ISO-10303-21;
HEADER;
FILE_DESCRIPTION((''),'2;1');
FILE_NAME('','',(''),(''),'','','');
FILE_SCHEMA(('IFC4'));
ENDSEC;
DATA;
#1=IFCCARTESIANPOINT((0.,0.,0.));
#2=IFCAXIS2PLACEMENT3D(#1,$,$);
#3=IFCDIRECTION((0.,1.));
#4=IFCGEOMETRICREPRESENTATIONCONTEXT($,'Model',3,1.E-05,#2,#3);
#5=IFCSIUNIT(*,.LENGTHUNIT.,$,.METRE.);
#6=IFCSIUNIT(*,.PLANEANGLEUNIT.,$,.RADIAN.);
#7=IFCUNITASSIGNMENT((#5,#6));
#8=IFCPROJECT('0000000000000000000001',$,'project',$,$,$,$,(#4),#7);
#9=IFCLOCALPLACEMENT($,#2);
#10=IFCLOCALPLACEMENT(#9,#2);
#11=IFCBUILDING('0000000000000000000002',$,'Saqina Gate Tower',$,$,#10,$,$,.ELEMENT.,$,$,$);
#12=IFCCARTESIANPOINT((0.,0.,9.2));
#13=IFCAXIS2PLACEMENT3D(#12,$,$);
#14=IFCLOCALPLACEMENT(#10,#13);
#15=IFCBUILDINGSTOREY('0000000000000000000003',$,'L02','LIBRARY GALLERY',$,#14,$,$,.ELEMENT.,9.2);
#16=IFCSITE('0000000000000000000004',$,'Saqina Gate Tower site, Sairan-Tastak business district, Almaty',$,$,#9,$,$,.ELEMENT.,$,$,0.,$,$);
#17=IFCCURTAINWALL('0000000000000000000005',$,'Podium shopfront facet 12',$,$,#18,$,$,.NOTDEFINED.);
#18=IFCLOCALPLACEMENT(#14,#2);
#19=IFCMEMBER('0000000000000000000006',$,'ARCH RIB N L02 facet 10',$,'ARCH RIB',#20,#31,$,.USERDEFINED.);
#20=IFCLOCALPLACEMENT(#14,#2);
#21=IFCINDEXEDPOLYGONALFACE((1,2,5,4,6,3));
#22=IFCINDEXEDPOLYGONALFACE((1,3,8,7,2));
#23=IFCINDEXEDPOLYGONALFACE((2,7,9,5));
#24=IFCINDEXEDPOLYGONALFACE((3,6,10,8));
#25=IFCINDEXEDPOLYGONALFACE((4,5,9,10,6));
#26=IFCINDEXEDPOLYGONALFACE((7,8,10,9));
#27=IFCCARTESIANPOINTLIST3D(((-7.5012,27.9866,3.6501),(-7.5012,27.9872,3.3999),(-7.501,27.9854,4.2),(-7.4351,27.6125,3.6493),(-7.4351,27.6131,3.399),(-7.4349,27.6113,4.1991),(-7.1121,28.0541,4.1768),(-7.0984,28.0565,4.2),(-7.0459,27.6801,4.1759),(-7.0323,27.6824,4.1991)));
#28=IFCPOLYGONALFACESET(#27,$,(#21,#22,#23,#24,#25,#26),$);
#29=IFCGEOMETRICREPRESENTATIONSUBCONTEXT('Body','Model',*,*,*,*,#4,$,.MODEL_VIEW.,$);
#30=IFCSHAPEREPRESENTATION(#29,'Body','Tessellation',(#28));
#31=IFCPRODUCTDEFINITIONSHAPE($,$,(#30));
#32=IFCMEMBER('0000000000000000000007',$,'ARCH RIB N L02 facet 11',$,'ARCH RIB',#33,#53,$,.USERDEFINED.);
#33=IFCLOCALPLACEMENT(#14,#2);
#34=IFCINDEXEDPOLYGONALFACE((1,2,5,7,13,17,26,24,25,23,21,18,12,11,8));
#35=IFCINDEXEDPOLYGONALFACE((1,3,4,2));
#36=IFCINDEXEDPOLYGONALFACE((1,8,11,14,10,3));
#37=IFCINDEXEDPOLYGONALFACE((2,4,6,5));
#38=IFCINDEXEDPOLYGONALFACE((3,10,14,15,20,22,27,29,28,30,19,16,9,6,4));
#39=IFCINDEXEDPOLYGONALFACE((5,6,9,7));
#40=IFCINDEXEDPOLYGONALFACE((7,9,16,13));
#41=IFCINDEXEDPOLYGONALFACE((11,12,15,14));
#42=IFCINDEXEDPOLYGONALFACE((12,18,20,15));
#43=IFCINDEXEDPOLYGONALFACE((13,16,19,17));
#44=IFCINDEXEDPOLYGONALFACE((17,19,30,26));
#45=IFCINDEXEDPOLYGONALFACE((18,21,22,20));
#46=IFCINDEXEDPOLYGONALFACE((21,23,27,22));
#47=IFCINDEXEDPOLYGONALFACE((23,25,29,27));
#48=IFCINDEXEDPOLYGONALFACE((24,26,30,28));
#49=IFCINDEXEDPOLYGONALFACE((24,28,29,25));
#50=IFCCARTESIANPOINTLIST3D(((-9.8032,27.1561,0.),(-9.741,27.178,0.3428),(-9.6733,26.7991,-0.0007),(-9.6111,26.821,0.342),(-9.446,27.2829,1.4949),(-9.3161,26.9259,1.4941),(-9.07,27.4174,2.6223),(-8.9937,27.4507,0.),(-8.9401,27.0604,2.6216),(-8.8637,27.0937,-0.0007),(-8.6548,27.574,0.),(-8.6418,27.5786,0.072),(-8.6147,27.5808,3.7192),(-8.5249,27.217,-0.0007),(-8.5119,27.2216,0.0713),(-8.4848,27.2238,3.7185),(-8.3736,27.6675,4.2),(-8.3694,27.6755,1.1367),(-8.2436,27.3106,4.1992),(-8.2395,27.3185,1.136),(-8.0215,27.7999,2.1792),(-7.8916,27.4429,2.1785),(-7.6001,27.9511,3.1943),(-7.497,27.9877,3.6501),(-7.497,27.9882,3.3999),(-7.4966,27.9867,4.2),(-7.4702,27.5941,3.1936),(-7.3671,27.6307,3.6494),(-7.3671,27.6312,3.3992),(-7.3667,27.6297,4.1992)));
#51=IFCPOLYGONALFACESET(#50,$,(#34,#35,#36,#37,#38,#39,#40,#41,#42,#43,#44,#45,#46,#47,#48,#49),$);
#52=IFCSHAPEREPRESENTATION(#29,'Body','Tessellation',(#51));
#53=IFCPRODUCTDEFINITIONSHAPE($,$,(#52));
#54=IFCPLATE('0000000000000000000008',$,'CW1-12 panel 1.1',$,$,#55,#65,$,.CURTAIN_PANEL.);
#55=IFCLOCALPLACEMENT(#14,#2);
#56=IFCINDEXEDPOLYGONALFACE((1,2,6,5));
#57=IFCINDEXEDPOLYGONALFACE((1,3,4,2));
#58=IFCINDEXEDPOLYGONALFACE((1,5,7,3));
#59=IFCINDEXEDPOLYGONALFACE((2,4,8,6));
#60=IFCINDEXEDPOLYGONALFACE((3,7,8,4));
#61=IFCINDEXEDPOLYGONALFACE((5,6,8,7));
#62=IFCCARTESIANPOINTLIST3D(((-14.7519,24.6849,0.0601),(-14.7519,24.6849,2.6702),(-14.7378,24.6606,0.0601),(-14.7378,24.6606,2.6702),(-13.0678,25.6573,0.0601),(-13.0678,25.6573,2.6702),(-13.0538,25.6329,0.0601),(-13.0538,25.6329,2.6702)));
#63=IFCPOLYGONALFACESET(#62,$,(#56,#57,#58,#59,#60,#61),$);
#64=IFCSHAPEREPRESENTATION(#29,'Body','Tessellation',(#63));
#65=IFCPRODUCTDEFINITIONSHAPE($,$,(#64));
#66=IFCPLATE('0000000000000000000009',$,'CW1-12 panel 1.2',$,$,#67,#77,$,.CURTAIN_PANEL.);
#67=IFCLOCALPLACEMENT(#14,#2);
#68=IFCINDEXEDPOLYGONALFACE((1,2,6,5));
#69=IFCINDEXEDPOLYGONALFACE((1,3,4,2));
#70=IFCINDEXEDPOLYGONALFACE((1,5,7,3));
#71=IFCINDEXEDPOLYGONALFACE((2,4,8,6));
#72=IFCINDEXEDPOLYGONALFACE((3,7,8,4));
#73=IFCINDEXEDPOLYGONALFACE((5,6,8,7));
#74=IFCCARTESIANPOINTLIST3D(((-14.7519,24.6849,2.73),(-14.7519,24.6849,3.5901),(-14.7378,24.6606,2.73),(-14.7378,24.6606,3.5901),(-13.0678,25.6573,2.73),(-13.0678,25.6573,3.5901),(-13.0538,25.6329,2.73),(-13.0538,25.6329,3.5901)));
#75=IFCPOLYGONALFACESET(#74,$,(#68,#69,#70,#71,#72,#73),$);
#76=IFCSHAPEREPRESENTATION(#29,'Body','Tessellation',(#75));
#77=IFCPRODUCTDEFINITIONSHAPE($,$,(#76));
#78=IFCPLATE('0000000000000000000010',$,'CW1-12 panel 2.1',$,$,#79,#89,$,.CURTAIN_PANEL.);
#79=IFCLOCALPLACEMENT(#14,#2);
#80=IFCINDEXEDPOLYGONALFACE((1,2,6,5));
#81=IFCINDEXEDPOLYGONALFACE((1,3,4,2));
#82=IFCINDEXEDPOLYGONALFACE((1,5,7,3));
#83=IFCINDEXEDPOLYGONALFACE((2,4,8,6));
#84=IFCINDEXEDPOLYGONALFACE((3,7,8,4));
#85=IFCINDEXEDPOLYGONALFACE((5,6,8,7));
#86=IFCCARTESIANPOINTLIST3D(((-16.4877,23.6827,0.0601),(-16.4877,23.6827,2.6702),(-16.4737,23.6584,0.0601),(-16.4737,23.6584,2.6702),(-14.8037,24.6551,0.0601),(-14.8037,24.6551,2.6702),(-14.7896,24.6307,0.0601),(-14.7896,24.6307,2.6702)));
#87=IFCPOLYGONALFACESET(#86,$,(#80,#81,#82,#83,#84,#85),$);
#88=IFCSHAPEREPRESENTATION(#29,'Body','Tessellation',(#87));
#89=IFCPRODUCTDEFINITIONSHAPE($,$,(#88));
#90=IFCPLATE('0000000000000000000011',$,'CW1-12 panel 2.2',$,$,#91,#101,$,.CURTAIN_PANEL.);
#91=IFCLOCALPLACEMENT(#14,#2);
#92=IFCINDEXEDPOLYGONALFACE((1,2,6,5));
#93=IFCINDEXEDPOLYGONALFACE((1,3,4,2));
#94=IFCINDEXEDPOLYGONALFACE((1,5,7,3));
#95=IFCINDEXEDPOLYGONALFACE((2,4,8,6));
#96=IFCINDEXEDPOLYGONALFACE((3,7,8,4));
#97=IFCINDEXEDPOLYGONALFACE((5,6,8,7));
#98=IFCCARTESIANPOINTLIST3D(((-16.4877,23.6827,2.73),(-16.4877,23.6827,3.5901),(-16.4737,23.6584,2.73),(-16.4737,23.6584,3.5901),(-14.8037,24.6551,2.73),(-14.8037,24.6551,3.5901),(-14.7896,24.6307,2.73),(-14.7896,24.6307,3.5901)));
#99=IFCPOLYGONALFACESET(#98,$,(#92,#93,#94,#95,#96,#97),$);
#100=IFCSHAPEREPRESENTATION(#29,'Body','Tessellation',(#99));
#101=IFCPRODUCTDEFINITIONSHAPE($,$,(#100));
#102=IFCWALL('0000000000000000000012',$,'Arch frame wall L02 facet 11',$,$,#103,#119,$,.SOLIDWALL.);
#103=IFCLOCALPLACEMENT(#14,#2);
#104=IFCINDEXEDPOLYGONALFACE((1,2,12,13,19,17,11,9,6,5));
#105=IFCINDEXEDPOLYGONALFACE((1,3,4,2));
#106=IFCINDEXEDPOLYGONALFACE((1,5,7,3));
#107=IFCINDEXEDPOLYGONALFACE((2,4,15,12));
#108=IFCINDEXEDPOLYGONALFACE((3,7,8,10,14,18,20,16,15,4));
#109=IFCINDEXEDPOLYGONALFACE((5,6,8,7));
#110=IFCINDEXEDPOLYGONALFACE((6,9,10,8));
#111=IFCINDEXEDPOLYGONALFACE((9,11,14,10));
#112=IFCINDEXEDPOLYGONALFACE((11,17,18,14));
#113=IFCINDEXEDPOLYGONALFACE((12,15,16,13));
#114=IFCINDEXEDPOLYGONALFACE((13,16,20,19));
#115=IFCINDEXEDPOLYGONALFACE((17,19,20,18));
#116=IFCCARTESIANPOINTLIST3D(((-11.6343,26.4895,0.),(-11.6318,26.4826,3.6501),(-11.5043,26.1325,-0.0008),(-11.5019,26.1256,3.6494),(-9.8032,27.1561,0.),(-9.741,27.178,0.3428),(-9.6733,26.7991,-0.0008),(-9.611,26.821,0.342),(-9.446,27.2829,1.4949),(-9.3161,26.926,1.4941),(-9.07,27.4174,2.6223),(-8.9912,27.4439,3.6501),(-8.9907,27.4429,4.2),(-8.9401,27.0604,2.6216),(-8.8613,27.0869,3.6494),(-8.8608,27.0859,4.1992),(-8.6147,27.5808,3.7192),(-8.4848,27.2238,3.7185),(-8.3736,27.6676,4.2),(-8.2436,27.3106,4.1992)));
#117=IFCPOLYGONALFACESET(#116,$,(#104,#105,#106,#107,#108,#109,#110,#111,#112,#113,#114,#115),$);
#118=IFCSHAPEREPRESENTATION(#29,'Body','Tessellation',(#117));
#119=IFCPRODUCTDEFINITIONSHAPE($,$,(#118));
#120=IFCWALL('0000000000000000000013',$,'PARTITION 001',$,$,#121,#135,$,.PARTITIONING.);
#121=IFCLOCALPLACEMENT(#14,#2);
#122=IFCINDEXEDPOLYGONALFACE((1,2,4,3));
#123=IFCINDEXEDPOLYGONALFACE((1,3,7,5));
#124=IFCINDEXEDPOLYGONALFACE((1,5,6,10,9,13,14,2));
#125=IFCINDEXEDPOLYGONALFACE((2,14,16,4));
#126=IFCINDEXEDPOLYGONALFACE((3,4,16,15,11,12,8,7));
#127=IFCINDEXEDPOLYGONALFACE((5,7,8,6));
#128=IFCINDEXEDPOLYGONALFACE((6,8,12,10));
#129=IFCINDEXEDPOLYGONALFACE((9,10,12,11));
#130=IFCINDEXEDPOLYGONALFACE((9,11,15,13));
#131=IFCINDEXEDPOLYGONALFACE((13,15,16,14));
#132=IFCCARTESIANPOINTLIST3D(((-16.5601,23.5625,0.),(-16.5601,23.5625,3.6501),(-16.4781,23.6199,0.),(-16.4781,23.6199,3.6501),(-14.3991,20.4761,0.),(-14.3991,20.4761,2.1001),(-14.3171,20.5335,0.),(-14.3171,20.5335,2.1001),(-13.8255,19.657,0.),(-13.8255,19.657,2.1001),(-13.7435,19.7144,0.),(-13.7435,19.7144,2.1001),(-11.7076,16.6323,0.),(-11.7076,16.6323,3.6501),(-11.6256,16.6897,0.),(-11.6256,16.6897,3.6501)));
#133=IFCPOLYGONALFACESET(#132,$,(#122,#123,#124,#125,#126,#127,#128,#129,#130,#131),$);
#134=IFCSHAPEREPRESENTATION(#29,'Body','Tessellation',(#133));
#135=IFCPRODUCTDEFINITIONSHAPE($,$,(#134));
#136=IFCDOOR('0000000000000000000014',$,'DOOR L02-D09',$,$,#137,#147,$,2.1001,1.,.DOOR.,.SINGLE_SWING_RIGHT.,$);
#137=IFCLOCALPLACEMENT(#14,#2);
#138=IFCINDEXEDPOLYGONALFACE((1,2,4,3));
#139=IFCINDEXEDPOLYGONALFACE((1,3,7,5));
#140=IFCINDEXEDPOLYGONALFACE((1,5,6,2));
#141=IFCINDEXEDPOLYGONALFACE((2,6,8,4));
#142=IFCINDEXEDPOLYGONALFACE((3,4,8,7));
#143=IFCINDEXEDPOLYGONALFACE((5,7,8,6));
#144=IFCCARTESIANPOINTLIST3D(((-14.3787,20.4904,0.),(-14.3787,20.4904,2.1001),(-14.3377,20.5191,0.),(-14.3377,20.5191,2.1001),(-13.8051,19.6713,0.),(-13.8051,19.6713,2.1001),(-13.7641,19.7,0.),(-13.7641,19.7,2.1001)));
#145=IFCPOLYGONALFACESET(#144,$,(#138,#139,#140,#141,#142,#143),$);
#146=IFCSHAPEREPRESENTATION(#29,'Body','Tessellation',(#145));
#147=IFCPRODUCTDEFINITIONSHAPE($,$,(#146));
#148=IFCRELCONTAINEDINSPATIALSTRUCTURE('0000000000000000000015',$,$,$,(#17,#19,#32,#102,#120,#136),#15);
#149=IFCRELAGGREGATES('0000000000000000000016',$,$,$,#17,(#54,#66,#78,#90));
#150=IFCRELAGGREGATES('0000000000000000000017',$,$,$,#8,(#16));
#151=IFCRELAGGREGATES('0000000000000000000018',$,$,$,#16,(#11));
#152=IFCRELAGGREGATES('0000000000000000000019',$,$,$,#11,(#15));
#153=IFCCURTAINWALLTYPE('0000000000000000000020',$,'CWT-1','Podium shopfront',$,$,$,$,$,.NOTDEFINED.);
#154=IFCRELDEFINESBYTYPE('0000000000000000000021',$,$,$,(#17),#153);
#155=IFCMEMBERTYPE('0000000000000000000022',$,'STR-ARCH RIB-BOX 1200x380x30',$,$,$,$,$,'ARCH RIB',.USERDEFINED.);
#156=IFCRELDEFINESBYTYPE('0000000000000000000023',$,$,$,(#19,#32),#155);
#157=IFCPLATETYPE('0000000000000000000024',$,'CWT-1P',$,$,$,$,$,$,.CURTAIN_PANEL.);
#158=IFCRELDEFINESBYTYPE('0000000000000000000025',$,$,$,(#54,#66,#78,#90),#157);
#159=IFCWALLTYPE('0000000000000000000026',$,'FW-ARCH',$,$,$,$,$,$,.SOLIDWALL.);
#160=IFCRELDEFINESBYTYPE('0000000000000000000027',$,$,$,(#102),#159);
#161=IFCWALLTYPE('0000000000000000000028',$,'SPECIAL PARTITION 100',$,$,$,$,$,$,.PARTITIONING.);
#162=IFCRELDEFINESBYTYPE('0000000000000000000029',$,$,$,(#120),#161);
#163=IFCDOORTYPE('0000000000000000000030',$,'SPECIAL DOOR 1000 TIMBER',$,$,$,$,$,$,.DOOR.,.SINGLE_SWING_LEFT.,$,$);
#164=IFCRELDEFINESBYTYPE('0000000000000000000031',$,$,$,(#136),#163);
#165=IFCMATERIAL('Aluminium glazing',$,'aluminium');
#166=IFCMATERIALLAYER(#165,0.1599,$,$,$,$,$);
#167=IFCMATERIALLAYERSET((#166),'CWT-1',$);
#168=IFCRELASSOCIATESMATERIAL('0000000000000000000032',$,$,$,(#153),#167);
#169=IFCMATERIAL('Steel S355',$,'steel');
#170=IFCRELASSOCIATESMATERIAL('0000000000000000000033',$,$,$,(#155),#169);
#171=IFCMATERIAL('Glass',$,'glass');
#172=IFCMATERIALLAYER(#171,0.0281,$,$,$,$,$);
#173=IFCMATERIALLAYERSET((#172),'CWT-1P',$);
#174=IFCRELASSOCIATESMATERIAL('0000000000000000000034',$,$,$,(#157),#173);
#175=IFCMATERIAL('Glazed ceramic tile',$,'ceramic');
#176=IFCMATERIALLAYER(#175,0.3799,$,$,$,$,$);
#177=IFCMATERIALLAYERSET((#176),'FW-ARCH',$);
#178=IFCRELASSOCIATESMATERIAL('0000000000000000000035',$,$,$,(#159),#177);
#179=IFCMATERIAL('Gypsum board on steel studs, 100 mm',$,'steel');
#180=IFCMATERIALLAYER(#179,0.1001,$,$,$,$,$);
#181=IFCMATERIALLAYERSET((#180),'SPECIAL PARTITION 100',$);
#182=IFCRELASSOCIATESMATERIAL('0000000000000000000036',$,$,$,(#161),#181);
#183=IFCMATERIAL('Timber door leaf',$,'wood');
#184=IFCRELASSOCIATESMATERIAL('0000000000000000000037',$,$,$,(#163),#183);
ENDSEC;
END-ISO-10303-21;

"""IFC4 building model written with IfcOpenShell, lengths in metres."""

from ifc_helpers import new_model, si_unit, direction, frame, frame_2d, origin, origin_2d, place, context, subcontext, project, spatial, polyline, rectangle, hollow_rectangle, outline, extrude, material, layer, layer_set, material_profile, profile_set, type_object, element, fill, aggregate, save


model = new_model("IFC4")

# Units and contexts
model_context = context("Model", 3, precision=1e-05, world=origin(), true_north=direction((0.0, 1.0)))
body_context = subcontext(model_context, "Body", "Model", "MODEL_VIEW")
ifc_project = project(units=[si_unit("LENGTHUNIT", "METRE"), si_unit("PLANEANGLEUNIT", "RADIAN")], contexts=[model_context])

# Site, building, storey
site_placement = place(None, origin())
site = spatial("IfcSite", under=ifc_project, at=site_placement, Name="Saqina Gate Tower site, Sairan-Tastak business district, Almaty", CompositionType="ELEMENT", RefElevation=0.0)
building_placement = place(site_placement, origin())
building = spatial("IfcBuilding", under=site, at=building_placement, Name="Saqina Gate Tower", CompositionType="ELEMENT")
storey_placement = place(building_placement, frame((0.0, 0.0, 9.2)))
storey = spatial("IfcBuildingStorey", under=building, at=storey_placement, Name="L02", Description="LIBRARY GALLERY", CompositionType="ELEMENT", Elevation=9.2)

# Curtain wall
ifc_material_1 = material(Name="Aluminium glazing", Category="aluminium")
ifc_layer_1 = layer(ifc_material_1, 0.1599)
ifc_layer_set_1 = layer_set([ifc_layer_1], Name="CWT-1")
curtain_wall_type = type_object("IfcCurtainWallType", Name="CWT-1", Description="Podium shopfront", PredefinedType="NOTDEFINED", material=ifc_layer_set_1)
curtain_wall_1_placement = place(storey_placement, origin())
curtain_wall_1 = element("IfcCurtainWall", 1, at=curtain_wall_1_placement, inside=storey, type_object=curtain_wall_type, Name="Podium shopfront facet 12", PredefinedType="NOTDEFINED")

# Members
ifc_material_2 = material(Name="Steel S355", Category="steel")
ifc_material_profile_1 = material_profile(ifc_material_2, hollow_rectangle(XDim=1.2, YDim=0.3799, WallThickness=0.03, at=origin_2d()), Name="BOX 1200x380x30")
ifc_profile_set_1 = profile_set([ifc_material_profile_1], Name="Steel S355")
member_type_1 = type_object("IfcMemberType", Name="STR-ARCH RIB-BOX 1200x380x30", ElementType="ARCH RIB", PredefinedType="USERDEFINED", material=ifc_profile_set_1)
member_1_placement = place(storey_placement, frame((-7.501, 27.9854, 4.2), z_axis=(-0.174035, 0.984737, 0.00236), x_axis=(-0.000461, 0.002315, -0.999997)))
element("IfcMember", 2, at=member_1_placement, inside=storey, type_object=member_type_1, Name="ARCH RIB N L02 facet 10", ObjectType="ARCH RIB", PredefinedType="USERDEFINED", context=body_context, shape_type="SweptSolid", body=[
    extrude(outline(polyline([(0.0, 0.0), (0.5498, 0.0), (0.8001, -0.0001), (0.0232, -0.395), (0.0, -0.4088), (0.0, 0.0)])), origin(), (0.0, 0.0, -1.0), 0.3799),
])
member_2_placement = place(storey_placement, frame((-8.9937, 27.4507, 0.0), z_axis=(-0.34196, 0.939712, 0.00197), x_axis=(0.939714, 0.341961, 0.0)))
element("IfcMember", 3, at=member_2_placement, inside=storey, type_object=member_type_1, Name="ARCH RIB N L02 facet 11", ObjectType="ARCH RIB", PredefinedType="USERDEFINED", context=body_context, shape_type="SweptSolid", body=[
    extrude(outline(polyline([(0.0, 0.0), (0.3606, 0.0), (0.3743, -0.072), (0.6635, -1.1367), (1.0329, -2.1792), (1.4807, -3.1943), (1.5902, -3.3999), (1.59, -3.6502), (1.5901, -4.2), (0.6569, -4.2), (0.4006, -3.7192), (-0.0832, -2.6223), (-0.4825, -1.4949), (-0.7955, -0.3428), (-0.8615, 0.0), (0.0, 0.0)])), origin(), (0.0, 0.0, -1.0), 0.3799),
])

# Plates
ifc_material_3 = material(Name="Glass", Category="glass")
ifc_layer_2 = layer(ifc_material_3, 0.0281)
ifc_layer_set_2 = layer_set([ifc_layer_2], Name="CWT-1P")
plate_type = type_object("IfcPlateType", Name="CWT-1P", PredefinedType="CURTAIN_PANEL", material=ifc_layer_set_2)
plate_1_placement = place(storey_placement, frame((-13.9028, 25.1589, 0.0601), z_axis=(0.0, 0.0, 1.0), x_axis=(-0.866017, -0.500014, 0.0)))
plate_1 = element("IfcPlate", 4, at=plate_1_placement, type_object=plate_type, Name="CW1-12 panel 1.1", PredefinedType="CURTAIN_PANEL", context=body_context, shape_type="SweptSolid", body=[
    extrude(rectangle(XDim=1.9446, YDim=0.0281, at=origin_2d()), origin(), (0.0, 0.0, 1.0), 2.6101),
])
plate_2_placement = place(storey_placement, frame((-13.9028, 25.1589, 2.73), z_axis=(0.0, 0.0, 1.0), x_axis=(-0.866017, -0.500014, 0.0)))
plate_2 = element("IfcPlate", 5, at=plate_2_placement, type_object=plate_type, Name="CW1-12 panel 1.2", PredefinedType="CURTAIN_PANEL", context=body_context, shape_type="SweptSolid", body=[
    extrude(rectangle(XDim=1.9446, YDim=0.0281, at=origin_2d()), origin(), (0.0, 0.0, 1.0), 0.8601),
])
plate_3_placement = place(storey_placement, frame((-15.6387, 24.1567, 0.0601), z_axis=(0.0, 0.0, 1.0), x_axis=(-0.866017, -0.500014, 0.0)))
plate_3 = element("IfcPlate", 6, at=plate_3_placement, type_object=plate_type, Name="CW1-12 panel 2.1", PredefinedType="CURTAIN_PANEL", context=body_context, shape_type="SweptSolid", body=[
    extrude(rectangle(XDim=1.9446, YDim=0.0281, at=origin_2d()), origin(), (0.0, 0.0, 1.0), 2.6101),
])
plate_4_placement = place(storey_placement, frame((-15.6387, 24.1567, 2.73), z_axis=(0.0, 0.0, 1.0), x_axis=(-0.866017, -0.500014, 0.0)))
plate_4 = element("IfcPlate", 7, at=plate_4_placement, type_object=plate_type, Name="CW1-12 panel 2.2", PredefinedType="CURTAIN_PANEL", context=body_context, shape_type="SweptSolid", body=[
    extrude(rectangle(XDim=1.9446, YDim=0.0281, at=origin_2d()), origin(), (0.0, 0.0, 1.0), 0.8601),
])
aggregate(curtain_wall_1, [plate_1, plate_2, plate_3, plate_4])

# Wall
ifc_material_4 = material(Name="Glazed ceramic tile", Category="ceramic")
ifc_layer_3 = layer(ifc_material_4, 0.3799)
ifc_layer_set_3 = layer_set([ifc_layer_3], Name="FW-ARCH")
wall_type_1 = type_object("IfcWallType", Name="FW-ARCH", PredefinedType="SOLIDWALL", material=ifc_layer_set_3)
wall_1_placement = place(storey_placement, frame((-11.6343, 26.4895, 0.0), z_axis=(-0.342079, 0.939669, 0.002004), x_axis=(0.939671, 0.342079, 0.0)))
element("IfcWall", 8, at=wall_1_placement, inside=storey, type_object=wall_type_1, Name="Arch frame wall L02 facet 11", PredefinedType="SOLIDWALL", context=body_context, shape_type="SweptSolid", body=[
    extrude(outline(polyline([(0.0, 0.0), (1.9486, 0.0), (2.0146, -0.3428), (2.3276, -1.4949), (2.727, -2.6223), (3.2107, -3.7192), (3.467, -4.2), (2.8102, -4.2), (2.8101, -3.6502), (0.0, -3.6502), (0.0, 0.0)])), origin(), (0.0, 0.0, -1.0), 0.3799),
])

# Wall, opening, door
ifc_material_5 = material(Name="Gypsum board on steel studs, 100 mm", Category="steel")
ifc_layer_4 = layer(ifc_material_5, 0.1001)
ifc_layer_set_4 = layer_set([ifc_layer_4], Name="SPECIAL PARTITION 100")
wall_type_2 = type_object("IfcWallType", Name="SPECIAL PARTITION 100", PredefinedType="PARTITIONING", material=ifc_layer_set_4)
wall_2_placement = place(storey_placement, frame((-16.519, 23.5911, 0.0), z_axis=(0.0, 0.0, 1.0), x_axis=(0.573575, -0.819153, 0.0)))
wall_2 = element("IfcWall", 9, at=wall_2_placement, inside=storey, type_object=wall_type_2, Name="PARTITION 001", PredefinedType="PARTITIONING", context=body_context, shape_type="SweptSolid", body=[
    extrude(rectangle(XDim=8.4602, YDim=0.1001, at=frame_2d((4.23, 0.0))), origin(), (0.0, 0.0, 1.0), 3.6501),
])
opening_placement = place(wall_2_placement, frame((3.7676, 0.0, 0.0)))
opening = element("IfcOpeningElement", 10, at=opening_placement, cuts=wall_2, PredefinedType="OPENING", context=body_context, shape_type="SweptSolid", body=[
    extrude(rectangle(XDim=1.0, YDim=2.1001, at=frame_2d((0.5, 1.05))), frame((0.0, 0.062, 0.0), z_axis=(0.0, -1.0, 0.0), x_axis=(1.0, 0.0, 0.0)), (0.0, 0.0, 1.0), 0.124),
])
ifc_material_6 = material(Name="Timber door leaf", Category="wood")
door_type = type_object("IfcDoorType", Name="SPECIAL DOOR 1000 TIMBER", OperationType="SINGLE_SWING_LEFT", PredefinedType="DOOR", material=ifc_material_6)
door_placement = place(opening_placement, origin())
door = element("IfcDoor", 11, at=door_placement, inside=storey, type_object=door_type, Name="DOOR L02-D09", OperationType="SINGLE_SWING_RIGHT", OverallHeight=2.1001, OverallWidth=1.0, PredefinedType="DOOR", context=body_context, shape_type="SweptSolid", body=[
    extrude(rectangle(XDim=1.0, YDim=2.1001, at=frame_2d((0.5, 1.05))), frame((0.0, 0.0249, 0.0), z_axis=(0.0, -1.0, 0.0), x_axis=(1.0, 0.0, 0.0)), (0.0, 0.0, 1.0), 0.05),
])
fill(opening, door)

save(model, "model.ifc")
